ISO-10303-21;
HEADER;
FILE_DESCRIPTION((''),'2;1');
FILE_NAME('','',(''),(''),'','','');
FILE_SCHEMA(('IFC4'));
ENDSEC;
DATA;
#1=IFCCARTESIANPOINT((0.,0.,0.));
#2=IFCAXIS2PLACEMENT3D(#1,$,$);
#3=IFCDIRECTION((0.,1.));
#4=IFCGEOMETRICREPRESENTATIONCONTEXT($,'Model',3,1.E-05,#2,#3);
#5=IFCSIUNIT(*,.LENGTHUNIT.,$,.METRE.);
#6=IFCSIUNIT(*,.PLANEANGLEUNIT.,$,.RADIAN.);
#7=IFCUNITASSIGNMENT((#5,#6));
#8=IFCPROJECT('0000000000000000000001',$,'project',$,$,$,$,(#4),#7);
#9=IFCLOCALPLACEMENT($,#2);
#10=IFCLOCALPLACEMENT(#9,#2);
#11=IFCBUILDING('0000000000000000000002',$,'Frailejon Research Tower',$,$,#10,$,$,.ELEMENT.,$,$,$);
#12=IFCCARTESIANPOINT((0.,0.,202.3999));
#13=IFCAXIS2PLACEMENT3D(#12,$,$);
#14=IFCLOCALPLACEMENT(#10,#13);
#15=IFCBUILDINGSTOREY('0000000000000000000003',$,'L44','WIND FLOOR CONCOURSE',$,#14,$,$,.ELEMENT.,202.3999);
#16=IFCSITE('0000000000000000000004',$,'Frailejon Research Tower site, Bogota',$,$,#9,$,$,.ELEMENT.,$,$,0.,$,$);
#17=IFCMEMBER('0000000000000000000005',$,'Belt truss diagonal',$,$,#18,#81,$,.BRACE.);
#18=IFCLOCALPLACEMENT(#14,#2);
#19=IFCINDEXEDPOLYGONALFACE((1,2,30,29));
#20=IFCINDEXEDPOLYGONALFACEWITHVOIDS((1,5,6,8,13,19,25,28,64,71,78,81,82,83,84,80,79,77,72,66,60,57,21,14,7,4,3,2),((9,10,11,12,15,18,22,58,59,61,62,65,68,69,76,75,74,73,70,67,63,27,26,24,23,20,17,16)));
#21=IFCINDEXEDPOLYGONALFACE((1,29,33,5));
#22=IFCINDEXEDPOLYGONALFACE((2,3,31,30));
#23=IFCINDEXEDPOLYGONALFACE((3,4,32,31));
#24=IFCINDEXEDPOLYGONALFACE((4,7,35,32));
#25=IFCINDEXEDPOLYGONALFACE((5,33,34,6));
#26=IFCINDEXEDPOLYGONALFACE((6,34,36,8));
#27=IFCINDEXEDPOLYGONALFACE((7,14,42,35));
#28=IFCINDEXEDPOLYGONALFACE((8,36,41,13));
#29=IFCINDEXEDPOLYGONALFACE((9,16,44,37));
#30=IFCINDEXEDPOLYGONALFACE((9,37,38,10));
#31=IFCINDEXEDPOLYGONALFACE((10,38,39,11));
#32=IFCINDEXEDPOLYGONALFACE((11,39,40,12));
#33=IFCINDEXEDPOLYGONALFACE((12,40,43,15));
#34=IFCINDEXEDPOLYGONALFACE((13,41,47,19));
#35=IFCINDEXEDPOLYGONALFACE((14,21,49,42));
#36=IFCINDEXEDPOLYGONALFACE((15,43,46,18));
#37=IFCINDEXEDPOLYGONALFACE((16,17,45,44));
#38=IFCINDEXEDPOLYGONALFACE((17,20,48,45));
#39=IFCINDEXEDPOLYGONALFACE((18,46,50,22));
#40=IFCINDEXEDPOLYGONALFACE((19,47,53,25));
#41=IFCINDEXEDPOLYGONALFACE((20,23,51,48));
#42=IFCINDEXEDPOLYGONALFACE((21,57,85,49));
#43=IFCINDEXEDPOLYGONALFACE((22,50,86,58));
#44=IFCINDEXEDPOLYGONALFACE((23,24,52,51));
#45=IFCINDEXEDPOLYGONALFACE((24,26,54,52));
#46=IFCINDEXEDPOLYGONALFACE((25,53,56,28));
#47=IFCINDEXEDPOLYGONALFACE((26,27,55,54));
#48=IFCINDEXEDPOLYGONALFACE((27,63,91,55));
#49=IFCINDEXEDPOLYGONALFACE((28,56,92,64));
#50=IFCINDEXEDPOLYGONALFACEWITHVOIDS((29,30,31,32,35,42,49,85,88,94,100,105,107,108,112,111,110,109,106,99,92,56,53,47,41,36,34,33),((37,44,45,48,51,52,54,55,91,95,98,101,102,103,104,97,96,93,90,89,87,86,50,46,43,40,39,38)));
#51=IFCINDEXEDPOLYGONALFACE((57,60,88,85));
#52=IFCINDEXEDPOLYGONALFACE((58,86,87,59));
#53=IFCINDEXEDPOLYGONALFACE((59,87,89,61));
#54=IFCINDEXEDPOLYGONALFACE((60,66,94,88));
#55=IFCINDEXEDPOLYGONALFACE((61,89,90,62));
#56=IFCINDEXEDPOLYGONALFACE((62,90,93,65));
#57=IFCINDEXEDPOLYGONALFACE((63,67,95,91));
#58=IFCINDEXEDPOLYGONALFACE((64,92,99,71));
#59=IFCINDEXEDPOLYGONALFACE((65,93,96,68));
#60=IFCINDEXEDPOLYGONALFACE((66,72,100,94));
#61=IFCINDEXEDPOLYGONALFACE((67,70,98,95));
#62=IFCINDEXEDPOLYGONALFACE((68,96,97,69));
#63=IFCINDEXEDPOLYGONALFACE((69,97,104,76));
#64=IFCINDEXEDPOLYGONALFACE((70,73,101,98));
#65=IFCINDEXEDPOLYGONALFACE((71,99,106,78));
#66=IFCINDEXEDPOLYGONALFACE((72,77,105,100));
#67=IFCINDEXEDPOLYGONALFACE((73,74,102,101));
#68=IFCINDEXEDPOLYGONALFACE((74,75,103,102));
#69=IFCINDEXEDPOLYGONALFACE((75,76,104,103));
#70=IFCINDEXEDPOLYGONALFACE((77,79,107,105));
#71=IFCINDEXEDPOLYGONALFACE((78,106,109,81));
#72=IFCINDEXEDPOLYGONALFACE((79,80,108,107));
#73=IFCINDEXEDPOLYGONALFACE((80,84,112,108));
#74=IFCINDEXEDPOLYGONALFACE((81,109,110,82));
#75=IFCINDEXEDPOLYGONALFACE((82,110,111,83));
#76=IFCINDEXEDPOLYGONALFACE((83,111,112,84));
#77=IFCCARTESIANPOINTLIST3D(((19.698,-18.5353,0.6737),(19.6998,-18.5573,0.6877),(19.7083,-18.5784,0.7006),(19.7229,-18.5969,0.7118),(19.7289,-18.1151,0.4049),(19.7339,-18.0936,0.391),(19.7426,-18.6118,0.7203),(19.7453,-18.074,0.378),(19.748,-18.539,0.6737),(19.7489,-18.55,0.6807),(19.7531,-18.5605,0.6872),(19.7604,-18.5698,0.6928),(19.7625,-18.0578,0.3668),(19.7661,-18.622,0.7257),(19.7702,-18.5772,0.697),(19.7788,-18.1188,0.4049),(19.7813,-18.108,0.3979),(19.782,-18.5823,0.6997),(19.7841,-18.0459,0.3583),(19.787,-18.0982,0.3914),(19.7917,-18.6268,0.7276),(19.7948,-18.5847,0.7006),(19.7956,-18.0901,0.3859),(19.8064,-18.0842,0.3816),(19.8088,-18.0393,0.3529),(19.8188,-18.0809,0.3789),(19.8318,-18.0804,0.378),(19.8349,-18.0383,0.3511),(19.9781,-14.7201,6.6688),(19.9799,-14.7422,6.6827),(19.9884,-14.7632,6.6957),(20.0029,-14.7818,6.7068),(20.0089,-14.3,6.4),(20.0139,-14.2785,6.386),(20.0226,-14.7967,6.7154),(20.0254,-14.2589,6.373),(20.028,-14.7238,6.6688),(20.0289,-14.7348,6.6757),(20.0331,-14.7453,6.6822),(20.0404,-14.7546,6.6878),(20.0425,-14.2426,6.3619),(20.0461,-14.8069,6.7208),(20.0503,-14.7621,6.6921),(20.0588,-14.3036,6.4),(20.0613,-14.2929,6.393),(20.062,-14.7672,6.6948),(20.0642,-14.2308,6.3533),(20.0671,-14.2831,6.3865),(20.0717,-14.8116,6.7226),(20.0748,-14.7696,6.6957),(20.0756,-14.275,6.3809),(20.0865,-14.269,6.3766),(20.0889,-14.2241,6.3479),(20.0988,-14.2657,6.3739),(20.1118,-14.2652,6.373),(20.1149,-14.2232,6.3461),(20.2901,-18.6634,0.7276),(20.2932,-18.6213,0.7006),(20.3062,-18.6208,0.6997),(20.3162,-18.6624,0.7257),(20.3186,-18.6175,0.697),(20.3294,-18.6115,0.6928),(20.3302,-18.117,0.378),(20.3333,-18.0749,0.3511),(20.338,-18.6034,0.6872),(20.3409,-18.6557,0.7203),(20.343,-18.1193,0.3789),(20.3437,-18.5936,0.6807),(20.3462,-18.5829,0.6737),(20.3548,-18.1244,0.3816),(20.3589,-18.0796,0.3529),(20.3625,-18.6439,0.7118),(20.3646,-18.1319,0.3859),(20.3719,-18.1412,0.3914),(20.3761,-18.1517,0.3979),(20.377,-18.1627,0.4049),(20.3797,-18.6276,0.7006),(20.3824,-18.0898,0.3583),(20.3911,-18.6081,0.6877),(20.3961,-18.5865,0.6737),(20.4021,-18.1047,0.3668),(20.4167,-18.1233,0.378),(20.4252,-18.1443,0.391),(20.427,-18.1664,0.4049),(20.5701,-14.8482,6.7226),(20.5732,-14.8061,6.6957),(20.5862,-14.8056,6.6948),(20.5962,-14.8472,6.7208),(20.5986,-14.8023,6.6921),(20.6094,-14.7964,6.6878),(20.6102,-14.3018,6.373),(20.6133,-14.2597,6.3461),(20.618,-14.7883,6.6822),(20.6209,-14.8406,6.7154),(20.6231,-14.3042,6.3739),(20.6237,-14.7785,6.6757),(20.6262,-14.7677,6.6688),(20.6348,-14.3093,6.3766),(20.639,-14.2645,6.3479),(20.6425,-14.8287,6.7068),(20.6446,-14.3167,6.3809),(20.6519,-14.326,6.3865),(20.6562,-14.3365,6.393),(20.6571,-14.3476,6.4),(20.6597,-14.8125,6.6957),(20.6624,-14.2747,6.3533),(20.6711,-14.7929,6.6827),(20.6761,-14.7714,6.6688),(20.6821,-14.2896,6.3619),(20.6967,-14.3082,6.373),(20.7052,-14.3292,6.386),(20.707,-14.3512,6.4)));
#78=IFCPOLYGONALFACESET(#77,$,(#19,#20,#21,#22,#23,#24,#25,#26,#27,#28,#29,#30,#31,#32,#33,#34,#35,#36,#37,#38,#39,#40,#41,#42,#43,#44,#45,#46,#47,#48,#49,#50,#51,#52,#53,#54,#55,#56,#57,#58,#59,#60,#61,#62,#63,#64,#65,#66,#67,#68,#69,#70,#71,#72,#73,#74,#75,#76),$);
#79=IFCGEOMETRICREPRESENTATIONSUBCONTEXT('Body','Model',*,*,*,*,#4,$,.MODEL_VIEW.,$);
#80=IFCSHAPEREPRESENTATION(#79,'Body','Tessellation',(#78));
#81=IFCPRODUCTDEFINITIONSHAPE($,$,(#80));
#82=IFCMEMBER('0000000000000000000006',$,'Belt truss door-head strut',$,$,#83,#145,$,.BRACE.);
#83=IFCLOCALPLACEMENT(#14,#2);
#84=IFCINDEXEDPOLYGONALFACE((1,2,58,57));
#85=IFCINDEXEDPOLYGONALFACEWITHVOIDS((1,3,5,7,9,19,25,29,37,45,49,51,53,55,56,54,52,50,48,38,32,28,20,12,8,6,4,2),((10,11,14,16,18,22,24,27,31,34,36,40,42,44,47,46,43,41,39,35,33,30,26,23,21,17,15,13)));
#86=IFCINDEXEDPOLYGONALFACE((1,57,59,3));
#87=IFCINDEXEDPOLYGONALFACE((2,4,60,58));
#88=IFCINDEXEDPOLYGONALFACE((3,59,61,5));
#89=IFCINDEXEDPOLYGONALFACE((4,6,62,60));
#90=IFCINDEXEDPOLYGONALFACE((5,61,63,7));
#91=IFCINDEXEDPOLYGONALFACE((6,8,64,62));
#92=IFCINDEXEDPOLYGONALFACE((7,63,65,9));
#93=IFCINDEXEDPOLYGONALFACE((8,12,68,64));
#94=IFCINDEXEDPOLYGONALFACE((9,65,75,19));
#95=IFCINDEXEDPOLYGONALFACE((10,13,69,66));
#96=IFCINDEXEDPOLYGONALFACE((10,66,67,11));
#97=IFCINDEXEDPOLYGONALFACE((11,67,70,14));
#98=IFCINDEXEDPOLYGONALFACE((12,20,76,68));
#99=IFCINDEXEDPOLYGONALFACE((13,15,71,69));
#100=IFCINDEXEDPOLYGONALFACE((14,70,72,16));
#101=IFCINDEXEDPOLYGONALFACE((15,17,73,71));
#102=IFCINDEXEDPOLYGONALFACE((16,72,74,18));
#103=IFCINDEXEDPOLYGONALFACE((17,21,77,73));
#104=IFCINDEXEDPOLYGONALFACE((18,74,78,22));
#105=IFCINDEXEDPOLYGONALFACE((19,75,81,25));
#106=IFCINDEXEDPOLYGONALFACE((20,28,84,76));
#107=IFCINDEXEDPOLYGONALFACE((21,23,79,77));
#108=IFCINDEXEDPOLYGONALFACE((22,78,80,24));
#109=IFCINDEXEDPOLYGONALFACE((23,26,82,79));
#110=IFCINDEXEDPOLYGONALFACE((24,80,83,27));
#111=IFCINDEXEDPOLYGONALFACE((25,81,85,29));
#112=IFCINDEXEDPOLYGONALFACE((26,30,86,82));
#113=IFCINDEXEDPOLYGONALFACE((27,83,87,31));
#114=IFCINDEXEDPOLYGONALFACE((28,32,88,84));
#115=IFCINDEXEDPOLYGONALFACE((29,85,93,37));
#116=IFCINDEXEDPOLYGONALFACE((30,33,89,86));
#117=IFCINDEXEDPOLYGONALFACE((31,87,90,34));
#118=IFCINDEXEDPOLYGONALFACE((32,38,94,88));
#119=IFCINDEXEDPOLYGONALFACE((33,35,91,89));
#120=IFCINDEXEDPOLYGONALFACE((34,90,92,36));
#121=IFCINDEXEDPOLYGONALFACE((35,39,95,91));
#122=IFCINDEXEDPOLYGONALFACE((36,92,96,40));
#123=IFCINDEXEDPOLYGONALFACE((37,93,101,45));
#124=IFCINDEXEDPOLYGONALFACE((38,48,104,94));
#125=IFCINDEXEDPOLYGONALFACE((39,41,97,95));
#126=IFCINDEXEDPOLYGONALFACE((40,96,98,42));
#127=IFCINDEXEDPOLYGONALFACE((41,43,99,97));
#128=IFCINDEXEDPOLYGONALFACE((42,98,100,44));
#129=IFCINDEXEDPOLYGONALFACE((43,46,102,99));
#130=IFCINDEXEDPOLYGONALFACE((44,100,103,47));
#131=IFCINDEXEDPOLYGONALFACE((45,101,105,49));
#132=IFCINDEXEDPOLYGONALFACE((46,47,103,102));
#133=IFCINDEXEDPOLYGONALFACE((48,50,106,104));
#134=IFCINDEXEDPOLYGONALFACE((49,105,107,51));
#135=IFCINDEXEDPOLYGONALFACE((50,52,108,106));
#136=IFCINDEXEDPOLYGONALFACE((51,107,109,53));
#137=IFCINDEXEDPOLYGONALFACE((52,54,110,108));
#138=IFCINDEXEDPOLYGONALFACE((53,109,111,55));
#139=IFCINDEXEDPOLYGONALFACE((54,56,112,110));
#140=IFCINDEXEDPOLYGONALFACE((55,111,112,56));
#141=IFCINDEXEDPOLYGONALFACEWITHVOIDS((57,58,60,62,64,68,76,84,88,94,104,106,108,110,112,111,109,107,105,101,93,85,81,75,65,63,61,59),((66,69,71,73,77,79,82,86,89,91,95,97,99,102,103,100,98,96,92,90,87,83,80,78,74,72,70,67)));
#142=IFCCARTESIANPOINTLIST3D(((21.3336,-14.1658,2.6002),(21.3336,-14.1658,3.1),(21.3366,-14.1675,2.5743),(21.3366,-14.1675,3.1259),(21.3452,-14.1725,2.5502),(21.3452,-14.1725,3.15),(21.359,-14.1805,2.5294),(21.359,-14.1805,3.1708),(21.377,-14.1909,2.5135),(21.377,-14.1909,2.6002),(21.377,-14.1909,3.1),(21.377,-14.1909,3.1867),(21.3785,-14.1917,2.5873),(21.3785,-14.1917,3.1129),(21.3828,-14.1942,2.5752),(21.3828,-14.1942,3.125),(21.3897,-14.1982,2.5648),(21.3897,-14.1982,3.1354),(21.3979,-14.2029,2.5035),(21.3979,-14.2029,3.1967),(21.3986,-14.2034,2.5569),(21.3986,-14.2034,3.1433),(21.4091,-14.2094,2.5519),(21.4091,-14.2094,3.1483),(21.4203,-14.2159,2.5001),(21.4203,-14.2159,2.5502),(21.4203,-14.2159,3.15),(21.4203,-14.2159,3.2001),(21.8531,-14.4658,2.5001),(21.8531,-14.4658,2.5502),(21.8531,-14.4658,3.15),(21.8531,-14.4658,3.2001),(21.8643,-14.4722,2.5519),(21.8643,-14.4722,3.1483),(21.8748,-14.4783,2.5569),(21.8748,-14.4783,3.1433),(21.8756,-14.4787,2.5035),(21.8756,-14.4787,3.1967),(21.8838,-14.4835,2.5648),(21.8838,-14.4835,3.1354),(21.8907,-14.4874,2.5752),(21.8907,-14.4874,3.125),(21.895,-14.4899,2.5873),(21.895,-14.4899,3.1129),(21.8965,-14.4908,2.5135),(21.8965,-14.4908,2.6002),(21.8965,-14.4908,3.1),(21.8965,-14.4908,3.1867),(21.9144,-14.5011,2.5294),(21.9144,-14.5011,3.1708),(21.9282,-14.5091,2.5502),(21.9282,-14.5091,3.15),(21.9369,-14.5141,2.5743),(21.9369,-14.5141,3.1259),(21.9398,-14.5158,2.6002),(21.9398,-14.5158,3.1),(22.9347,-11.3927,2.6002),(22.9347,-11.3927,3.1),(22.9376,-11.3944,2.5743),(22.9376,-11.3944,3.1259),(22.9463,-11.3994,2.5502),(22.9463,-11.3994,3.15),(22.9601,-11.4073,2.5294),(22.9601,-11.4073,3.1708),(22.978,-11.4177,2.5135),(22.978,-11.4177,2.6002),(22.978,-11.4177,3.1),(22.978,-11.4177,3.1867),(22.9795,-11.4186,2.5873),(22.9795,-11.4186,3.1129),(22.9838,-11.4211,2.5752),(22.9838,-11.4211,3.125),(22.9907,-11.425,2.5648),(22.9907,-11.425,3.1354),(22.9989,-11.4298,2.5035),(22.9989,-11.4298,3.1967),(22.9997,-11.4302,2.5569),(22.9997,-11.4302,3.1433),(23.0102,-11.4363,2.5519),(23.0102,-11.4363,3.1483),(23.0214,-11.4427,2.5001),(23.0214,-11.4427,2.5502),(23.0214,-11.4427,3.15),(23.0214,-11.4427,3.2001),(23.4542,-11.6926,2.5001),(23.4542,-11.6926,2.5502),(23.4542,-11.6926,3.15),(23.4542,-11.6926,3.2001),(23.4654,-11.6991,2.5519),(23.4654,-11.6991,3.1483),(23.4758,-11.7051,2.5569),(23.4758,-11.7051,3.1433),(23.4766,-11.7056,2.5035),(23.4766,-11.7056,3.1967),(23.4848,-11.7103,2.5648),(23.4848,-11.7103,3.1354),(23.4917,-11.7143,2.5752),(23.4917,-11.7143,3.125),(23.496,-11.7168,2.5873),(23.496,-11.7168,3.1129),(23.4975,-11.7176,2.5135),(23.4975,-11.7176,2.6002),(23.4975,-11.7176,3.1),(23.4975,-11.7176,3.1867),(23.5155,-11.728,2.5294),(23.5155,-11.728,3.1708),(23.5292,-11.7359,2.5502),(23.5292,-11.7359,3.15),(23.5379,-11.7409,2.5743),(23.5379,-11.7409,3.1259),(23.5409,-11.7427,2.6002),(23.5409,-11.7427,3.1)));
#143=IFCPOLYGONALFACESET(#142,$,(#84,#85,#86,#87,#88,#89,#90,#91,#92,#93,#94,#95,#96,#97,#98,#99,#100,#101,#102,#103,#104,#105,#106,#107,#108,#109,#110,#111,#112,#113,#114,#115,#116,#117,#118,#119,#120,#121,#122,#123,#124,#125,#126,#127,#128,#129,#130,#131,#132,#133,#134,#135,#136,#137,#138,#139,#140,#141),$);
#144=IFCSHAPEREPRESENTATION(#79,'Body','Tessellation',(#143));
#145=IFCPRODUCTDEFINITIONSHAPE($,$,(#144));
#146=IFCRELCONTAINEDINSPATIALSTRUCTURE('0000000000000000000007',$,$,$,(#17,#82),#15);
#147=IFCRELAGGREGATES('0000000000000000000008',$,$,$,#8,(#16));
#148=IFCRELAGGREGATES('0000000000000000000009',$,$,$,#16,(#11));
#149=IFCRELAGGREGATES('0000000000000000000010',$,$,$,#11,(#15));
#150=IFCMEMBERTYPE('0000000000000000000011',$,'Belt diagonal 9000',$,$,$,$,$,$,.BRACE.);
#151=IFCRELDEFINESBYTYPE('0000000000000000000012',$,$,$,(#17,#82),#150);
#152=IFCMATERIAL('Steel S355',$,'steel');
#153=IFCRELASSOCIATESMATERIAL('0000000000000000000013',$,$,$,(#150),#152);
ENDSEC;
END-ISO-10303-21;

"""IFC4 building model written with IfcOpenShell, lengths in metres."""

from ifc_helpers import new_model, si_unit, direction, frame, origin, origin_2d, place, context, subcontext, project, spatial, hollow_rectangle, extrude, material, material_profile, profile_set, type_object, element, save


model = new_model("IFC4")

# Units and contexts
model_context = context("Model", 3, precision=1e-05, world=origin(), true_north=direction((0.0, 1.0)))
body_context = subcontext(model_context, "Body", "Model", "MODEL_VIEW")
ifc_project = project(units=[si_unit("LENGTHUNIT", "METRE"), si_unit("PLANEANGLEUNIT", "RADIAN")], contexts=[model_context])

# Site, building, storey
site_placement = place(None, origin())
site = spatial("IfcSite", under=ifc_project, at=site_placement, Name="Frailejon Research Tower site, Bogota", CompositionType="ELEMENT", RefElevation=0.0)
building_placement = place(site_placement, origin())
building = spatial("IfcBuilding", under=site, at=building_placement, Name="Frailejon Research Tower", CompositionType="ELEMENT")
storey_placement = place(building_placement, frame((0.0, 0.0, 202.3999)))
storey = spatial("IfcBuildingStorey", under=building, at=storey_placement, Name="L44", Description="WIND FLOOR CONCOURSE", CompositionType="ELEMENT", Elevation=202.3999)

# Members
ifc_material_1 = material(Name="Steel S355", Category="steel")
ifc_material_profile_1 = material_profile(ifc_material_1, hollow_rectangle(XDim=0.7, YDim=0.7, WallThickness=0.05, InnerFilletRadius=0.05, OuterFilletRadius=0.1001, at=origin_2d()), Name="Belt diagonal 9000")
ifc_profile_set_1 = profile_set([ifc_material_profile_1], Name="Steel S355")
member_type = type_object("IfcMemberType", Name="Belt diagonal 9000", PredefinedType="BRACE", material=ifc_profile_set_1)
member_1_placement = place(storey_placement, frame((20.0625, -18.3508, 0.5393), z_axis=(0.039376, 0.53647, 0.843), x_axis=(-0.997317, 0.073202, 0.0)))
element("IfcMember", 1, at=member_1_placement, inside=storey, type_object=member_type, Name="Belt truss diagonal", PredefinedType="BRACE", context=body_context, shape_type="SweptSolid", body=[
    extrude(hollow_rectangle(XDim=0.7, YDim=0.7, WallThickness=0.05, InnerFilletRadius=0.05, OuterFilletRadius=0.1001, at=origin_2d()), origin(), (0.0, 0.0, 1.0), 7.1116),
])
member_2_placement = place(storey_placement, frame((21.6367, -14.3408, 2.8501), z_axis=(0.499993, 0.866029, 0.0), x_axis=(-0.866029, 0.499993, 0.0)))
element("IfcMember", 2, at=member_2_placement, inside=storey, type_object=member_type, Name="Belt truss door-head strut", PredefinedType="BRACE", context=body_context, shape_type="SweptSolid", body=[
    extrude(hollow_rectangle(XDim=0.7, YDim=0.7, WallThickness=0.05, InnerFilletRadius=0.05, OuterFilletRadius=0.1001, at=origin_2d()), origin(), (0.0, 0.0, 1.0), 3.2021),
])

save(model, "model.ifc")
